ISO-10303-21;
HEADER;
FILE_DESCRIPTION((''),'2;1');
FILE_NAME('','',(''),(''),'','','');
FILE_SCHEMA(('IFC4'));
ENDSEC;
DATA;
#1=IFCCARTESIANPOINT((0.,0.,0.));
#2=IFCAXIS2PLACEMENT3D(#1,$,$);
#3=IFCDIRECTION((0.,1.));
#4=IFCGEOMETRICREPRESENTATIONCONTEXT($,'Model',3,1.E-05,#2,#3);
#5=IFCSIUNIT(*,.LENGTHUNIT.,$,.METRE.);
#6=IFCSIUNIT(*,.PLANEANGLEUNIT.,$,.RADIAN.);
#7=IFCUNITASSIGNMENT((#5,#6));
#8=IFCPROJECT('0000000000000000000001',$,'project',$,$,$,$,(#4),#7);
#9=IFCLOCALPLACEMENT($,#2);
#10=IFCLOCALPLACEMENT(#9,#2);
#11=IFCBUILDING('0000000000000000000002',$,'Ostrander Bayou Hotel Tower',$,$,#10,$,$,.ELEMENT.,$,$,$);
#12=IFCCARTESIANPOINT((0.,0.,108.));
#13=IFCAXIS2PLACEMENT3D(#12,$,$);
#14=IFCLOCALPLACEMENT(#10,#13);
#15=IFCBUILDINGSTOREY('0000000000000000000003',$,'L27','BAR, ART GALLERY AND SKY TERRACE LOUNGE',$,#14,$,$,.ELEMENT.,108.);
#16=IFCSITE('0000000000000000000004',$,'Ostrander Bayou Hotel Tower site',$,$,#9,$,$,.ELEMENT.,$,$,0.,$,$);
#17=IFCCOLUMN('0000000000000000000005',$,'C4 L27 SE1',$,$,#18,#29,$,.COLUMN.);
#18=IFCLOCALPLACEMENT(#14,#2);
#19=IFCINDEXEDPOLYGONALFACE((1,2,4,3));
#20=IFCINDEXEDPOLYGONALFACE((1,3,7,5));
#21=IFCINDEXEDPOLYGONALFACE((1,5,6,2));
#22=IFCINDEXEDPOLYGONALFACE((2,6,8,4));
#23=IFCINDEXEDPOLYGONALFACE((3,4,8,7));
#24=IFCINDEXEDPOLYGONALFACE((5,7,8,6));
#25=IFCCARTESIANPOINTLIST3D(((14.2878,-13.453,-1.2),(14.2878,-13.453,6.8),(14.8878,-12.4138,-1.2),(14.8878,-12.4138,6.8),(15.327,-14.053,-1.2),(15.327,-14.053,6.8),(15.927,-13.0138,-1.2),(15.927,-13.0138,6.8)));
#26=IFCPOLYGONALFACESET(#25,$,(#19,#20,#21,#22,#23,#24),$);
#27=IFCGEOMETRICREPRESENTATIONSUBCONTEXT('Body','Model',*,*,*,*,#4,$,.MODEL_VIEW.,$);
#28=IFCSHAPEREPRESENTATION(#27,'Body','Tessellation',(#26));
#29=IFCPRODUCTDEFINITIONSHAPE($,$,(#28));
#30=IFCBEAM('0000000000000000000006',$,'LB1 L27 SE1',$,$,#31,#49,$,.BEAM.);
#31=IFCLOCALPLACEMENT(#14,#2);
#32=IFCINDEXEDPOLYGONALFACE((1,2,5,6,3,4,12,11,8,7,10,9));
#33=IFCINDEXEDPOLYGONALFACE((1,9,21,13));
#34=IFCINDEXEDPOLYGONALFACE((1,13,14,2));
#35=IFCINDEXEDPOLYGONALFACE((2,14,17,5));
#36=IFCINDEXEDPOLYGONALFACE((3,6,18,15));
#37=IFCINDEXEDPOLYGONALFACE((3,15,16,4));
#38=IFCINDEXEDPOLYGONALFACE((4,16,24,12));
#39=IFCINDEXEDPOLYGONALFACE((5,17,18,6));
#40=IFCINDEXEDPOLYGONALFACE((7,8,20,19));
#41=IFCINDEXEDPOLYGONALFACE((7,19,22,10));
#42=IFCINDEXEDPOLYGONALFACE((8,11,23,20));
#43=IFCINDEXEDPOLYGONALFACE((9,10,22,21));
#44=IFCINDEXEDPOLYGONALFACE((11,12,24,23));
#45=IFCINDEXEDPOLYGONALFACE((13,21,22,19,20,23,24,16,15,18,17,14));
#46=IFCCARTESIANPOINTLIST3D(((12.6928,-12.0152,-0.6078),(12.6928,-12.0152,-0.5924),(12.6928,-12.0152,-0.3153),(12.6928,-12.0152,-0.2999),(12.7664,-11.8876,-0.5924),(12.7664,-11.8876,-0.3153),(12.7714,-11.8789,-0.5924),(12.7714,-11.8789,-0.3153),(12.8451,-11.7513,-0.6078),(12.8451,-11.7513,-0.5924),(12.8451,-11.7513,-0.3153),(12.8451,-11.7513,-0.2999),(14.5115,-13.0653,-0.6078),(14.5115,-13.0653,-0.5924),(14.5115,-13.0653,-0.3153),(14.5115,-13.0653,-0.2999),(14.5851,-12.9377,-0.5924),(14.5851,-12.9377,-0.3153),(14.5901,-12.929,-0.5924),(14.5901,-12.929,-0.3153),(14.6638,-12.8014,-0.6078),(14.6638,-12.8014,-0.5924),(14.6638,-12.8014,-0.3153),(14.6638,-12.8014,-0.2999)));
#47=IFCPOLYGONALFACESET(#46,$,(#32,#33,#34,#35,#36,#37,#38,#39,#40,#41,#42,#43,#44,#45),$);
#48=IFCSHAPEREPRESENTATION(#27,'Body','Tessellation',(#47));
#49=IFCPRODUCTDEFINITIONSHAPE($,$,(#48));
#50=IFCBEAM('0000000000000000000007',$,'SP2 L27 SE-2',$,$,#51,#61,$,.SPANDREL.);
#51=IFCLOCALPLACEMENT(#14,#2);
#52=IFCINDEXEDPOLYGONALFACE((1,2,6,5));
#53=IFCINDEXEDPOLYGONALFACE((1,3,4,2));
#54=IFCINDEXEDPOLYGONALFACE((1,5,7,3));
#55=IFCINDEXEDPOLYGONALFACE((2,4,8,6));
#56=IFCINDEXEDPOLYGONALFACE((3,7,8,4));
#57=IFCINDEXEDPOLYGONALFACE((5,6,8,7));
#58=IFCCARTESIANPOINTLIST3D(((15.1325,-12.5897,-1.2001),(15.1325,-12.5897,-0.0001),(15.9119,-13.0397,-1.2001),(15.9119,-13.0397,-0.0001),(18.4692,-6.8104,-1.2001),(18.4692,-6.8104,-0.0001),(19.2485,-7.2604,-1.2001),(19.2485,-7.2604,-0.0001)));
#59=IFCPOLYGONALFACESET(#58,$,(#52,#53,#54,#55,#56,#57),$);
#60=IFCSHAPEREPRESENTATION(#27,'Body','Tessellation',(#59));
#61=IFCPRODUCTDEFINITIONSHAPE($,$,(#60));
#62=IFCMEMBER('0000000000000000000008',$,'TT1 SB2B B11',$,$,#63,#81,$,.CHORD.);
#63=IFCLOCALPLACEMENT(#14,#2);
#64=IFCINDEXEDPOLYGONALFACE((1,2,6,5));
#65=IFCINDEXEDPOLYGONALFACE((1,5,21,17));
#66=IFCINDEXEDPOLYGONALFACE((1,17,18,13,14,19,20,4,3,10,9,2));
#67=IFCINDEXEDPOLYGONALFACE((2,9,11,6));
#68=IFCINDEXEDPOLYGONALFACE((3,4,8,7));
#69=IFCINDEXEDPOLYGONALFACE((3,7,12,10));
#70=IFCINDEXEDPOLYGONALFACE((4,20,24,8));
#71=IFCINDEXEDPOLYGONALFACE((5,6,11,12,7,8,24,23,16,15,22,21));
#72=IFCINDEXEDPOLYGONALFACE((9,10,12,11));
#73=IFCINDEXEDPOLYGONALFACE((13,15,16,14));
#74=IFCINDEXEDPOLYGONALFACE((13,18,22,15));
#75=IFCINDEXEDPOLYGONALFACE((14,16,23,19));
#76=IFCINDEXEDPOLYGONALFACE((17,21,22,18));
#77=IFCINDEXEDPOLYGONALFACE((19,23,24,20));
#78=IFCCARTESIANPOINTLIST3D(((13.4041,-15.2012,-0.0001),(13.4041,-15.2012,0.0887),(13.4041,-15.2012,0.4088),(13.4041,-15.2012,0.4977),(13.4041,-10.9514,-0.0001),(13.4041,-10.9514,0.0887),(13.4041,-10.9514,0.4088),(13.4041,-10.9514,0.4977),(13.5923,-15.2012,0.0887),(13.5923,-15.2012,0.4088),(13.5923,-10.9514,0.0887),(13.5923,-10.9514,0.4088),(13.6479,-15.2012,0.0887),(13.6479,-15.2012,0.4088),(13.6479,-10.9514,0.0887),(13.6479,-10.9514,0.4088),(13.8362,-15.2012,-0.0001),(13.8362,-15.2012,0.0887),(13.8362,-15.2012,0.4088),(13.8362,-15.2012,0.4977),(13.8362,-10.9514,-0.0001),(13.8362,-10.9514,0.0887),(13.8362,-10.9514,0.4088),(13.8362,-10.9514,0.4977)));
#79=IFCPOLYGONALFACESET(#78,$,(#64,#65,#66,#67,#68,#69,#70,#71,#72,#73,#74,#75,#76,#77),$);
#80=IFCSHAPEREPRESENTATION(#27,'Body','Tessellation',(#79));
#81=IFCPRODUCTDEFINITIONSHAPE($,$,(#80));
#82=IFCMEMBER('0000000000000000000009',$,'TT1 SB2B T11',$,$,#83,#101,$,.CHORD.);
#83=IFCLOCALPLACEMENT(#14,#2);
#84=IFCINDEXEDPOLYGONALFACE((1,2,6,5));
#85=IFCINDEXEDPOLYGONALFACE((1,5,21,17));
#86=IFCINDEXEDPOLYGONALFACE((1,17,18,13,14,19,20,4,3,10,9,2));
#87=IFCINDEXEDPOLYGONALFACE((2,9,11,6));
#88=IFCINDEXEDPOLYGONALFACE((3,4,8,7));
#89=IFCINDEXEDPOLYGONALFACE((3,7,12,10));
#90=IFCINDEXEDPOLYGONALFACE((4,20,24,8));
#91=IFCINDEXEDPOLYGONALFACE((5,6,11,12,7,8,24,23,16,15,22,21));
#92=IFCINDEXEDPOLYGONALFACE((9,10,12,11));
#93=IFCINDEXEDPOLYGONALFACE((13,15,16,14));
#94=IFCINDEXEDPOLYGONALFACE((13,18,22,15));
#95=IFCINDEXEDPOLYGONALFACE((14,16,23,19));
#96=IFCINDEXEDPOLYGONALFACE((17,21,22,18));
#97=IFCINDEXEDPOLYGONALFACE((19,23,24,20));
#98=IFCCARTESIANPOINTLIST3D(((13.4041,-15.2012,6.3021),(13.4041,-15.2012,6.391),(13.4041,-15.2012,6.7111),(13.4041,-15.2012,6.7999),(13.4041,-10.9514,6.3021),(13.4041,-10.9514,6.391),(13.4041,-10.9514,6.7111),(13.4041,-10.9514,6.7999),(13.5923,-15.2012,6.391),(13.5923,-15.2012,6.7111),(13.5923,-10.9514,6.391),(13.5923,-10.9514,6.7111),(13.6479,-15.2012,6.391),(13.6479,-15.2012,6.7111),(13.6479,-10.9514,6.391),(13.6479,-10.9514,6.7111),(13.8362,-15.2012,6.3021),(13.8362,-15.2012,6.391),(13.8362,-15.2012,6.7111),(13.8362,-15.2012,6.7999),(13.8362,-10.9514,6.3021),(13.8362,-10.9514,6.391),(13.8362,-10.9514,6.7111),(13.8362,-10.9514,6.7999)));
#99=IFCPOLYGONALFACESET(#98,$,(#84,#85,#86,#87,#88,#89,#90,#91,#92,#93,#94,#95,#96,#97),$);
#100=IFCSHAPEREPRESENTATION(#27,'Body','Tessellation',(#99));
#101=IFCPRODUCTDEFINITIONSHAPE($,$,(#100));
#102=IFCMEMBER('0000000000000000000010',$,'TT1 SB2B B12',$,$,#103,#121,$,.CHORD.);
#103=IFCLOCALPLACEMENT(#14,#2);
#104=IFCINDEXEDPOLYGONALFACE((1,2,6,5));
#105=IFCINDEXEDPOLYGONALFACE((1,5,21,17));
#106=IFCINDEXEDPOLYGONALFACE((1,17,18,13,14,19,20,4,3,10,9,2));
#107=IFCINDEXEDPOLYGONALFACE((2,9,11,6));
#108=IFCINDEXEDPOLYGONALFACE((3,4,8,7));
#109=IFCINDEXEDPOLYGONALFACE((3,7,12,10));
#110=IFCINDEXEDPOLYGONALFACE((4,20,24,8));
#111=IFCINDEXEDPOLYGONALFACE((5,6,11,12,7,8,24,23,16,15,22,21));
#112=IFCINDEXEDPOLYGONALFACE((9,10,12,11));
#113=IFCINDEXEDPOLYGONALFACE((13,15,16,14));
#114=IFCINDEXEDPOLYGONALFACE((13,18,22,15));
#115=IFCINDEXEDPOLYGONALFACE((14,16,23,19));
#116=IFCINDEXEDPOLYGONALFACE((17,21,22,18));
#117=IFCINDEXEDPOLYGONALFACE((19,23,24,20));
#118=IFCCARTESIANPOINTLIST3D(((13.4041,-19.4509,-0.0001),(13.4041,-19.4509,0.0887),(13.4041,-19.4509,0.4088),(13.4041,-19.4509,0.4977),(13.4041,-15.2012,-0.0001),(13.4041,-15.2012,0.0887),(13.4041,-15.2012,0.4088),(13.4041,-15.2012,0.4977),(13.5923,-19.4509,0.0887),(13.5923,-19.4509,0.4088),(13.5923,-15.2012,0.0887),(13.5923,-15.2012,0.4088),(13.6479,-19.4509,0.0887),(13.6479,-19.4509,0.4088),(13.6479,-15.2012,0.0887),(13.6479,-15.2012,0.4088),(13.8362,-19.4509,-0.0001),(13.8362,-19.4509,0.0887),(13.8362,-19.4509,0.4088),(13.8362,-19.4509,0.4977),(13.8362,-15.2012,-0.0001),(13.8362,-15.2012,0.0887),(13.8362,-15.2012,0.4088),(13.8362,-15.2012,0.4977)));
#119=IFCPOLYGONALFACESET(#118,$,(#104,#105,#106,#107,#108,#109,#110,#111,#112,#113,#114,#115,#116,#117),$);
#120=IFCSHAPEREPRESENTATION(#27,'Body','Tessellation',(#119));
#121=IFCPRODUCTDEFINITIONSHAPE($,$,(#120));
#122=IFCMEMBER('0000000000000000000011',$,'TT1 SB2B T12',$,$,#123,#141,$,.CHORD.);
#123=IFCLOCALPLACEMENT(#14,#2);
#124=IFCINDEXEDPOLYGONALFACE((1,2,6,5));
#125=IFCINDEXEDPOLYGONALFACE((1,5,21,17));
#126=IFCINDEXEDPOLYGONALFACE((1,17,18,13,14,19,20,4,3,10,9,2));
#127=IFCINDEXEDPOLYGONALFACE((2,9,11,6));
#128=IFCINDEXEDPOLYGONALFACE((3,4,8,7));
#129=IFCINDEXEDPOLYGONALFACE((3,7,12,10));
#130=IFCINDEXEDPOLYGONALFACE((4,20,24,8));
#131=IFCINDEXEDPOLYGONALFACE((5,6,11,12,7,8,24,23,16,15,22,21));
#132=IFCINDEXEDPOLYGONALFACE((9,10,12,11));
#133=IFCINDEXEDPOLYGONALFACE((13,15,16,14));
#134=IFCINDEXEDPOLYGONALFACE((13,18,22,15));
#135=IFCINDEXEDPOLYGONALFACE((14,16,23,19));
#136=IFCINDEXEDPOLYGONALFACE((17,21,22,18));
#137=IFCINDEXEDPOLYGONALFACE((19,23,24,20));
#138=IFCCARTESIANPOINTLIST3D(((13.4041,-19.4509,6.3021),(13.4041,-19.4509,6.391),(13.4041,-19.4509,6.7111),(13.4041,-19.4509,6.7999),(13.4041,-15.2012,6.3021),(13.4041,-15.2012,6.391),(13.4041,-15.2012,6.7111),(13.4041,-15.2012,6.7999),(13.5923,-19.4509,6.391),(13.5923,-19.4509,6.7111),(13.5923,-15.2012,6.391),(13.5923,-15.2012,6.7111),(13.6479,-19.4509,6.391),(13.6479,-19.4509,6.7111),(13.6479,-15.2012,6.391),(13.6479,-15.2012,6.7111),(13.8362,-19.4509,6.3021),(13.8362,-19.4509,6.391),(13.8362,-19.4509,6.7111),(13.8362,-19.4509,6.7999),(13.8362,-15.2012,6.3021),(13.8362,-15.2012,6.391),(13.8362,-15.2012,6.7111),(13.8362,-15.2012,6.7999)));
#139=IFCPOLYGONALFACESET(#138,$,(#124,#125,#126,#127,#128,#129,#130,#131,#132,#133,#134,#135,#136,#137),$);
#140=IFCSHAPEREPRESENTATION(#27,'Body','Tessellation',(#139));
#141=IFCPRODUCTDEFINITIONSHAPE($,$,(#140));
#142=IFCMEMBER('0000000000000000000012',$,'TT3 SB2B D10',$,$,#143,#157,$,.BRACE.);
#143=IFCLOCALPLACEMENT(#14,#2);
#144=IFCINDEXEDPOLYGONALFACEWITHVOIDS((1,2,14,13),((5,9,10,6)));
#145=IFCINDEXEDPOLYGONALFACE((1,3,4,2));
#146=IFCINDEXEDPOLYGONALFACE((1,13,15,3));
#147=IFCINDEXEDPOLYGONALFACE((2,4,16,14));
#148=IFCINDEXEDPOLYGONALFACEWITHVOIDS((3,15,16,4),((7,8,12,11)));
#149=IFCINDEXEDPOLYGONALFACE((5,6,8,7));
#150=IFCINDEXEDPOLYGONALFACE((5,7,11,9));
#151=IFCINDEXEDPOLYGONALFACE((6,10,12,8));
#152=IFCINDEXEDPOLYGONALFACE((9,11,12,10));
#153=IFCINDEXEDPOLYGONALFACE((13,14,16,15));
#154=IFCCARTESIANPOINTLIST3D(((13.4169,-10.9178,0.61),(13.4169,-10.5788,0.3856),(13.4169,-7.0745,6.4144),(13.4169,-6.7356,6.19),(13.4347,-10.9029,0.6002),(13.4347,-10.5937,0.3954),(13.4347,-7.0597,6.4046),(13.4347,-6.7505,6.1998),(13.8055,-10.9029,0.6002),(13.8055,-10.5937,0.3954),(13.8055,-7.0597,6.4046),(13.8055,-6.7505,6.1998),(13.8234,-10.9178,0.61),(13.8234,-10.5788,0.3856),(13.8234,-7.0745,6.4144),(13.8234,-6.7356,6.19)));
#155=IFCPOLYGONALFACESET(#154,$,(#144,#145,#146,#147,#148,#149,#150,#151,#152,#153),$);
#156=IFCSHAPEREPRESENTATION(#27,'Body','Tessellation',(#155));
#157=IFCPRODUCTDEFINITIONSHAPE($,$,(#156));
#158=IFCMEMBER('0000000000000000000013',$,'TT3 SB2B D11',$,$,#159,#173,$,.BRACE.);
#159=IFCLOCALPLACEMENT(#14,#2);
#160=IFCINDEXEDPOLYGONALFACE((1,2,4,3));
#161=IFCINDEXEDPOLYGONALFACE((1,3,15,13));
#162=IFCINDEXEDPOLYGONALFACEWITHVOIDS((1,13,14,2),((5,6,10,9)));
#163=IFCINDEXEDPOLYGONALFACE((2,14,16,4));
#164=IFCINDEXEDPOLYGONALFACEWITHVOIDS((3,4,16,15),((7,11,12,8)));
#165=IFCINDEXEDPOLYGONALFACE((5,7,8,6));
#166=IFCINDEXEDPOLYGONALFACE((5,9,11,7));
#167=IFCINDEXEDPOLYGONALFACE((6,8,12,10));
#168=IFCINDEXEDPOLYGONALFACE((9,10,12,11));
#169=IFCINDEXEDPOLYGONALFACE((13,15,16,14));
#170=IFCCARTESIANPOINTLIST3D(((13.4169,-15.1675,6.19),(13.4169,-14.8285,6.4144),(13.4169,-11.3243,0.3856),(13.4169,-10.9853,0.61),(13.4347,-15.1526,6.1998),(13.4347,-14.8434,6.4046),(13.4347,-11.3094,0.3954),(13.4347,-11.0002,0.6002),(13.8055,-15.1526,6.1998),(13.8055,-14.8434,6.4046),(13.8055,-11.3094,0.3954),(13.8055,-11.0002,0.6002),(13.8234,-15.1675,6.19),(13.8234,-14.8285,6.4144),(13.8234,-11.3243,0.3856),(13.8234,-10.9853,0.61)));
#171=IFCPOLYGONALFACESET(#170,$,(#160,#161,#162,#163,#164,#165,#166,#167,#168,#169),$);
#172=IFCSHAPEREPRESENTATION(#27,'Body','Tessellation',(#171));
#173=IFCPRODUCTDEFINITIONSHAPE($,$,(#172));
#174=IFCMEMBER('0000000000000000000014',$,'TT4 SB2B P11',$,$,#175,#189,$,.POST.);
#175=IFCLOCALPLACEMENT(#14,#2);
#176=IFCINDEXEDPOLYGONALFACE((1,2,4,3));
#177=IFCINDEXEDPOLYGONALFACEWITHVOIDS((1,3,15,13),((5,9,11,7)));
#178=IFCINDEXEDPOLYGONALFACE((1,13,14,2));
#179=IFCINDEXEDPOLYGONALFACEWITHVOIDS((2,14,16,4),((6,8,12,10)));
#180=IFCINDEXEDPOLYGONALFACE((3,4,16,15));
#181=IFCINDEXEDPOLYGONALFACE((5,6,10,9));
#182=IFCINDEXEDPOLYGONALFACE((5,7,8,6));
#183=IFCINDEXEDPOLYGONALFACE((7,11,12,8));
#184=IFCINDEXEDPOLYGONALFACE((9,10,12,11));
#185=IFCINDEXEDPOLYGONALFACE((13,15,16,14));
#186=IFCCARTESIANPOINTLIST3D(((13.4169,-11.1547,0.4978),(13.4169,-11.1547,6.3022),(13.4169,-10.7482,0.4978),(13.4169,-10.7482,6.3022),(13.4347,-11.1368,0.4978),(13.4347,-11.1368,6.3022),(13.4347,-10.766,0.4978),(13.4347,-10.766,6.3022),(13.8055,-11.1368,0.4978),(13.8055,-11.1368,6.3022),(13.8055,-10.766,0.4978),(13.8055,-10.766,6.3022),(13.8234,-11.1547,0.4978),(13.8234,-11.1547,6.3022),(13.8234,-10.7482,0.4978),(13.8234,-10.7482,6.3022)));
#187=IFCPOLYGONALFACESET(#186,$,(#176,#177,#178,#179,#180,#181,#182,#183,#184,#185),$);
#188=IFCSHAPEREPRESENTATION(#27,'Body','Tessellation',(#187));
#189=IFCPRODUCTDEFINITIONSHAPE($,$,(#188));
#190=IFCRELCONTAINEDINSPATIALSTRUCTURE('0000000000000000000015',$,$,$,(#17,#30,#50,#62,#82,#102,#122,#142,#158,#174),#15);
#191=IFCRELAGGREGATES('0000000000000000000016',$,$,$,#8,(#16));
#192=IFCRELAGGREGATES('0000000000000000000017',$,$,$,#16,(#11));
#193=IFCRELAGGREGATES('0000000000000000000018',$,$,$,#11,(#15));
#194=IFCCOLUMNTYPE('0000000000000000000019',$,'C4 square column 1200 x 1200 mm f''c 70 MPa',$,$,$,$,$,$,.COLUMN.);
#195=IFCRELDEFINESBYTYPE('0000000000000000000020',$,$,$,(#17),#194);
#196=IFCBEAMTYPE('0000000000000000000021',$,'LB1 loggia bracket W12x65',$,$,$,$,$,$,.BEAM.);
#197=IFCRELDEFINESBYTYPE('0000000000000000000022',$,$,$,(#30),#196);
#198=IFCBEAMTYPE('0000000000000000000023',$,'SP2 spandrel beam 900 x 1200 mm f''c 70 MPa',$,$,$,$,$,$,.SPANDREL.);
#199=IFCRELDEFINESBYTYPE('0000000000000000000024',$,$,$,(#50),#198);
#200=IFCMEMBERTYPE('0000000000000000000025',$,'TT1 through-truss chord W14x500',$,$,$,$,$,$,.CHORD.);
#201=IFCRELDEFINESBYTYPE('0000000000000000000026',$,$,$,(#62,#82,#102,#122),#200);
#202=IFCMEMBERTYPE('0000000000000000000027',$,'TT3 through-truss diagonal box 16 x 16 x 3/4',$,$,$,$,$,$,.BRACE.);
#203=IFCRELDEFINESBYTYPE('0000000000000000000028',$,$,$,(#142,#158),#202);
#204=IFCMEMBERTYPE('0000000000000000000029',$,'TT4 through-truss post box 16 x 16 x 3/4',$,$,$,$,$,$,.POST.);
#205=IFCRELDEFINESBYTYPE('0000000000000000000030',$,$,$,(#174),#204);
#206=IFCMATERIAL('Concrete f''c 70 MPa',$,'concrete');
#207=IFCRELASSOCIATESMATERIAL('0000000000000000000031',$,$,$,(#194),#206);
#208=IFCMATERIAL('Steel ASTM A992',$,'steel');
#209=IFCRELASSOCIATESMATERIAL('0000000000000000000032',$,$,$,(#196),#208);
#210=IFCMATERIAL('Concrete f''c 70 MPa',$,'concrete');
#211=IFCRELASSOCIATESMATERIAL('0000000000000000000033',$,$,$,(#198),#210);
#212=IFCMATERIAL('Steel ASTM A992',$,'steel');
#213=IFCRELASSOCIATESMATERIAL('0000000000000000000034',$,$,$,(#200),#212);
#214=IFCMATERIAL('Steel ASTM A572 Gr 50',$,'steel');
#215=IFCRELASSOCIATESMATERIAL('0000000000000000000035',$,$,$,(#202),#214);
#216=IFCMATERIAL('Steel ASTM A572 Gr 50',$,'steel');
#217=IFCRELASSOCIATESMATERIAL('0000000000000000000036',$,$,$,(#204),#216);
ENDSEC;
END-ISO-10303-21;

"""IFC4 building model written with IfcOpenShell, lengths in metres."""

from ifc_helpers import new_model, si_unit, direction, frame, origin, origin_2d, place, context, subcontext, project, spatial, rectangle, hollow_rectangle, i_section, extrude, material, material_profile, profile_set, type_object, element, save


model = new_model("IFC4")

# Units and contexts
model_context = context("Model", 3, precision=1e-05, world=origin(), true_north=direction((0.0, 1.0)))
body_context = subcontext(model_context, "Body", "Model", "MODEL_VIEW")
ifc_project = project(units=[si_unit("LENGTHUNIT", "METRE"), si_unit("PLANEANGLEUNIT", "RADIAN")], contexts=[model_context])

# Site, building, storey
site_placement = place(None, origin())
site = spatial("IfcSite", under=ifc_project, at=site_placement, Name="Ostrander Bayou Hotel Tower site", CompositionType="ELEMENT", RefElevation=0.0)
building_placement = place(site_placement, origin())
building = spatial("IfcBuilding", under=site, at=building_placement, Name="Ostrander Bayou Hotel Tower", CompositionType="ELEMENT")
storey_placement = place(building_placement, frame((0.0, 0.0, 108.0)))
storey = spatial("IfcBuildingStorey", under=building, at=storey_placement, Name="L27", Description="BAR, ART GALLERY AND SKY TERRACE LOUNGE", CompositionType="ELEMENT", Elevation=108.0)

# Column
ifc_material_1 = material(Name="Concrete f'c 70 MPa", Category="concrete")
ifc_material_profile_1 = material_profile(ifc_material_1, rectangle(XDim=1.2, YDim=1.2, at=origin_2d()))
ifc_profile_set_1 = profile_set([ifc_material_profile_1], Name="Concrete f'c 70 MPa")
column_type = type_object("IfcColumnType", Name="C4 square column 1200 x 1200 mm f'c 70 MPa", PredefinedType="COLUMN", material=ifc_profile_set_1)
column_placement = place(storey_placement, frame((15.1074, -13.2334, -1.2), z_axis=(0.0, 0.0, 1.0), x_axis=(-0.5, -0.866025, 0.0)))
element("IfcColumn", 1, at=column_placement, inside=storey, type_object=column_type, Name="C4 L27 SE1", PredefinedType="COLUMN", context=body_context, shape_type="SweptSolid", body=[
    extrude(rectangle(XDim=1.2, YDim=1.2, at=origin_2d()), origin(), (0.0, 0.0, 1.0), 8.0),
])

# Beams
ifc_material_2 = material(Name="Steel ASTM A992", Category="steel")
ifc_material_profile_2 = material_profile(ifc_material_2, i_section(OverallWidth=0.3047, OverallDepth=0.3079, WebThickness=0.01, FlangeThickness=0.0154, at=origin_2d()))
ifc_profile_set_2 = profile_set([ifc_material_profile_2], Name="Steel ASTM A992")
beam_type_1 = type_object("IfcBeamType", Name="LB1 loggia bracket W12x65", PredefinedType="BEAM", material=ifc_profile_set_2)
beam_1_placement = place(storey_placement, frame((14.5876, -12.9333, -0.4539), z_axis=(-0.866009, 0.500028, 0.0), x_axis=(-0.500028, -0.866009, 0.0)))
element("IfcBeam", 2, at=beam_1_placement, inside=storey, type_object=beam_type_1, Name="LB1 L27 SE1", PredefinedType="BEAM", context=body_context, shape_type="SweptSolid", body=[
    extrude(i_section(OverallWidth=0.3047, OverallDepth=0.3079, WebThickness=0.01, FlangeThickness=0.0154, at=origin_2d()), origin(), (0.0, 0.0, 1.0), 2.1001),
])
ifc_material_3 = material(Name="Concrete f'c 70 MPa", Category="concrete")
ifc_material_profile_3 = material_profile(ifc_material_3, rectangle(XDim=0.8999, YDim=1.2, at=origin_2d()))
ifc_profile_set_3 = profile_set([ifc_material_profile_3], Name="Concrete f'c 70 MPa")
beam_type_2 = type_object("IfcBeamType", Name="SP2 spandrel beam 900 x 1200 mm f'c 70 MPa", PredefinedType="SPANDREL", material=ifc_profile_set_3)
beam_2_placement = place(storey_placement, frame((15.5222, -12.8147, -0.6001), z_axis=(0.499999, 0.866026, 0.0), x_axis=(-0.866026, 0.499999, 0.0)))
element("IfcBeam", 3, at=beam_2_placement, inside=storey, type_object=beam_type_2, Name="SP2 L27 SE-2", PredefinedType="SPANDREL", context=body_context, shape_type="SweptSolid", body=[
    extrude(rectangle(XDim=0.8999, YDim=1.2, at=origin_2d()), origin(), (0.0, 0.0, 1.0), 6.6733),
])

# Members
ifc_material_4 = material(Name="Steel ASTM A992", Category="steel")
ifc_material_profile_4 = material_profile(ifc_material_4, i_section(OverallWidth=0.4321, OverallDepth=0.4978, WebThickness=0.0557, FlangeThickness=0.0889, at=origin_2d()))
ifc_profile_set_4 = profile_set([ifc_material_profile_4], Name="Steel ASTM A992")
member_type_1 = type_object("IfcMemberType", Name="TT1 through-truss chord W14x500", PredefinedType="CHORD", material=ifc_profile_set_4)
for number, where, z_axis, x_axis, name in (
    (4, (13.6201, -10.9514, 0.2488), (0.0, -1.0, 0.0), (1.0, 0.0, 0.0), "TT1 SB2B B11"),
    (5, (13.6201, -10.9514, 6.551), (0.0, -1.0, 0.0), (1.0, 0.0, 0.0), "TT1 SB2B T11"),
    (6, (13.6201, -15.2012, 0.2488), (0.0, -1.0, 0.0), (1.0, 0.0, 0.0), "TT1 SB2B B12"),
    (7, (13.6201, -15.2012, 6.551), (0.0, -1.0, 0.0), (1.0, 0.0, 0.0), "TT1 SB2B T12"),
):
    element("IfcMember", number, at=place(storey_placement, frame(where, z_axis=z_axis, x_axis=x_axis)), inside=storey, type_object=member_type_1, Name=name, PredefinedType="CHORD", context=body_context, shape_type="SweptSolid", body=[
        extrude(i_section(OverallWidth=0.4321, OverallDepth=0.4978, WebThickness=0.0557, FlangeThickness=0.0889, at=origin_2d()), origin(), (0.0, 0.0, 1.0), 4.2498),
    ])
ifc_material_5 = material(Name="Steel ASTM A572 Gr 50", Category="steel")
ifc_material_profile_5 = material_profile(ifc_material_5, hollow_rectangle(XDim=0.4065, YDim=0.4065, WallThickness=0.0178, at=origin_2d()))
ifc_profile_set_5 = profile_set([ifc_material_profile_5], Name="Steel ASTM A572 Gr 50")
member_type_2 = type_object("IfcMemberType", Name="TT3 through-truss diagonal box 16 x 16 x 3/4", PredefinedType="BRACE", material=ifc_profile_set_5)
for number, where, z_axis, x_axis, name in (
    (8, (13.6201, -10.7483, 0.4978), (0.0, 0.552075, 0.833794), (-1.0, 0.0, 0.0), "TT3 SB2B D10"),
    (9, (13.6201, -11.1548, 0.4978), (0.0, -0.552075, 0.833794), (1.0, 0.0, 0.0), "TT3 SB2B D11"),
):
    element("IfcMember", number, at=place(storey_placement, frame(where, z_axis=z_axis, x_axis=x_axis)), inside=storey, type_object=member_type_2, Name=name, PredefinedType="BRACE", context=body_context, shape_type="SweptSolid", body=[
        extrude(hollow_rectangle(XDim=0.4065, YDim=0.4065, WallThickness=0.0178, at=origin_2d()), origin(), (0.0, 0.0, 1.0), 6.9614),
    ])
ifc_material_6 = material(Name="Steel ASTM A572 Gr 50", Category="steel")
ifc_material_profile_6 = material_profile(ifc_material_6, hollow_rectangle(XDim=0.4065, YDim=0.4065, WallThickness=0.0178, at=origin_2d()))
ifc_profile_set_6 = profile_set([ifc_material_profile_6], Name="Steel ASTM A572 Gr 50")
member_type_3 = type_object("IfcMemberType", Name="TT4 through-truss post box 16 x 16 x 3/4", PredefinedType="POST", material=ifc_profile_set_6)
for number, where, z_axis, x_axis, name in (
    (10, (13.6201, -10.9514, 0.4978), (0.0, 0.0, 1.0), (1.0, 0.0, 0.0), "TT4 SB2B P11"),
):
    element("IfcMember", number, at=place(storey_placement, frame(where, z_axis=z_axis, x_axis=x_axis)), inside=storey, type_object=member_type_3, Name=name, PredefinedType="POST", context=body_context, shape_type="SweptSolid", body=[
        extrude(hollow_rectangle(XDim=0.4065, YDim=0.4065, WallThickness=0.0178, at=origin_2d()), origin(), (0.0, 0.0, 1.0), 5.8044),
    ])

save(model, "model.ifc")
